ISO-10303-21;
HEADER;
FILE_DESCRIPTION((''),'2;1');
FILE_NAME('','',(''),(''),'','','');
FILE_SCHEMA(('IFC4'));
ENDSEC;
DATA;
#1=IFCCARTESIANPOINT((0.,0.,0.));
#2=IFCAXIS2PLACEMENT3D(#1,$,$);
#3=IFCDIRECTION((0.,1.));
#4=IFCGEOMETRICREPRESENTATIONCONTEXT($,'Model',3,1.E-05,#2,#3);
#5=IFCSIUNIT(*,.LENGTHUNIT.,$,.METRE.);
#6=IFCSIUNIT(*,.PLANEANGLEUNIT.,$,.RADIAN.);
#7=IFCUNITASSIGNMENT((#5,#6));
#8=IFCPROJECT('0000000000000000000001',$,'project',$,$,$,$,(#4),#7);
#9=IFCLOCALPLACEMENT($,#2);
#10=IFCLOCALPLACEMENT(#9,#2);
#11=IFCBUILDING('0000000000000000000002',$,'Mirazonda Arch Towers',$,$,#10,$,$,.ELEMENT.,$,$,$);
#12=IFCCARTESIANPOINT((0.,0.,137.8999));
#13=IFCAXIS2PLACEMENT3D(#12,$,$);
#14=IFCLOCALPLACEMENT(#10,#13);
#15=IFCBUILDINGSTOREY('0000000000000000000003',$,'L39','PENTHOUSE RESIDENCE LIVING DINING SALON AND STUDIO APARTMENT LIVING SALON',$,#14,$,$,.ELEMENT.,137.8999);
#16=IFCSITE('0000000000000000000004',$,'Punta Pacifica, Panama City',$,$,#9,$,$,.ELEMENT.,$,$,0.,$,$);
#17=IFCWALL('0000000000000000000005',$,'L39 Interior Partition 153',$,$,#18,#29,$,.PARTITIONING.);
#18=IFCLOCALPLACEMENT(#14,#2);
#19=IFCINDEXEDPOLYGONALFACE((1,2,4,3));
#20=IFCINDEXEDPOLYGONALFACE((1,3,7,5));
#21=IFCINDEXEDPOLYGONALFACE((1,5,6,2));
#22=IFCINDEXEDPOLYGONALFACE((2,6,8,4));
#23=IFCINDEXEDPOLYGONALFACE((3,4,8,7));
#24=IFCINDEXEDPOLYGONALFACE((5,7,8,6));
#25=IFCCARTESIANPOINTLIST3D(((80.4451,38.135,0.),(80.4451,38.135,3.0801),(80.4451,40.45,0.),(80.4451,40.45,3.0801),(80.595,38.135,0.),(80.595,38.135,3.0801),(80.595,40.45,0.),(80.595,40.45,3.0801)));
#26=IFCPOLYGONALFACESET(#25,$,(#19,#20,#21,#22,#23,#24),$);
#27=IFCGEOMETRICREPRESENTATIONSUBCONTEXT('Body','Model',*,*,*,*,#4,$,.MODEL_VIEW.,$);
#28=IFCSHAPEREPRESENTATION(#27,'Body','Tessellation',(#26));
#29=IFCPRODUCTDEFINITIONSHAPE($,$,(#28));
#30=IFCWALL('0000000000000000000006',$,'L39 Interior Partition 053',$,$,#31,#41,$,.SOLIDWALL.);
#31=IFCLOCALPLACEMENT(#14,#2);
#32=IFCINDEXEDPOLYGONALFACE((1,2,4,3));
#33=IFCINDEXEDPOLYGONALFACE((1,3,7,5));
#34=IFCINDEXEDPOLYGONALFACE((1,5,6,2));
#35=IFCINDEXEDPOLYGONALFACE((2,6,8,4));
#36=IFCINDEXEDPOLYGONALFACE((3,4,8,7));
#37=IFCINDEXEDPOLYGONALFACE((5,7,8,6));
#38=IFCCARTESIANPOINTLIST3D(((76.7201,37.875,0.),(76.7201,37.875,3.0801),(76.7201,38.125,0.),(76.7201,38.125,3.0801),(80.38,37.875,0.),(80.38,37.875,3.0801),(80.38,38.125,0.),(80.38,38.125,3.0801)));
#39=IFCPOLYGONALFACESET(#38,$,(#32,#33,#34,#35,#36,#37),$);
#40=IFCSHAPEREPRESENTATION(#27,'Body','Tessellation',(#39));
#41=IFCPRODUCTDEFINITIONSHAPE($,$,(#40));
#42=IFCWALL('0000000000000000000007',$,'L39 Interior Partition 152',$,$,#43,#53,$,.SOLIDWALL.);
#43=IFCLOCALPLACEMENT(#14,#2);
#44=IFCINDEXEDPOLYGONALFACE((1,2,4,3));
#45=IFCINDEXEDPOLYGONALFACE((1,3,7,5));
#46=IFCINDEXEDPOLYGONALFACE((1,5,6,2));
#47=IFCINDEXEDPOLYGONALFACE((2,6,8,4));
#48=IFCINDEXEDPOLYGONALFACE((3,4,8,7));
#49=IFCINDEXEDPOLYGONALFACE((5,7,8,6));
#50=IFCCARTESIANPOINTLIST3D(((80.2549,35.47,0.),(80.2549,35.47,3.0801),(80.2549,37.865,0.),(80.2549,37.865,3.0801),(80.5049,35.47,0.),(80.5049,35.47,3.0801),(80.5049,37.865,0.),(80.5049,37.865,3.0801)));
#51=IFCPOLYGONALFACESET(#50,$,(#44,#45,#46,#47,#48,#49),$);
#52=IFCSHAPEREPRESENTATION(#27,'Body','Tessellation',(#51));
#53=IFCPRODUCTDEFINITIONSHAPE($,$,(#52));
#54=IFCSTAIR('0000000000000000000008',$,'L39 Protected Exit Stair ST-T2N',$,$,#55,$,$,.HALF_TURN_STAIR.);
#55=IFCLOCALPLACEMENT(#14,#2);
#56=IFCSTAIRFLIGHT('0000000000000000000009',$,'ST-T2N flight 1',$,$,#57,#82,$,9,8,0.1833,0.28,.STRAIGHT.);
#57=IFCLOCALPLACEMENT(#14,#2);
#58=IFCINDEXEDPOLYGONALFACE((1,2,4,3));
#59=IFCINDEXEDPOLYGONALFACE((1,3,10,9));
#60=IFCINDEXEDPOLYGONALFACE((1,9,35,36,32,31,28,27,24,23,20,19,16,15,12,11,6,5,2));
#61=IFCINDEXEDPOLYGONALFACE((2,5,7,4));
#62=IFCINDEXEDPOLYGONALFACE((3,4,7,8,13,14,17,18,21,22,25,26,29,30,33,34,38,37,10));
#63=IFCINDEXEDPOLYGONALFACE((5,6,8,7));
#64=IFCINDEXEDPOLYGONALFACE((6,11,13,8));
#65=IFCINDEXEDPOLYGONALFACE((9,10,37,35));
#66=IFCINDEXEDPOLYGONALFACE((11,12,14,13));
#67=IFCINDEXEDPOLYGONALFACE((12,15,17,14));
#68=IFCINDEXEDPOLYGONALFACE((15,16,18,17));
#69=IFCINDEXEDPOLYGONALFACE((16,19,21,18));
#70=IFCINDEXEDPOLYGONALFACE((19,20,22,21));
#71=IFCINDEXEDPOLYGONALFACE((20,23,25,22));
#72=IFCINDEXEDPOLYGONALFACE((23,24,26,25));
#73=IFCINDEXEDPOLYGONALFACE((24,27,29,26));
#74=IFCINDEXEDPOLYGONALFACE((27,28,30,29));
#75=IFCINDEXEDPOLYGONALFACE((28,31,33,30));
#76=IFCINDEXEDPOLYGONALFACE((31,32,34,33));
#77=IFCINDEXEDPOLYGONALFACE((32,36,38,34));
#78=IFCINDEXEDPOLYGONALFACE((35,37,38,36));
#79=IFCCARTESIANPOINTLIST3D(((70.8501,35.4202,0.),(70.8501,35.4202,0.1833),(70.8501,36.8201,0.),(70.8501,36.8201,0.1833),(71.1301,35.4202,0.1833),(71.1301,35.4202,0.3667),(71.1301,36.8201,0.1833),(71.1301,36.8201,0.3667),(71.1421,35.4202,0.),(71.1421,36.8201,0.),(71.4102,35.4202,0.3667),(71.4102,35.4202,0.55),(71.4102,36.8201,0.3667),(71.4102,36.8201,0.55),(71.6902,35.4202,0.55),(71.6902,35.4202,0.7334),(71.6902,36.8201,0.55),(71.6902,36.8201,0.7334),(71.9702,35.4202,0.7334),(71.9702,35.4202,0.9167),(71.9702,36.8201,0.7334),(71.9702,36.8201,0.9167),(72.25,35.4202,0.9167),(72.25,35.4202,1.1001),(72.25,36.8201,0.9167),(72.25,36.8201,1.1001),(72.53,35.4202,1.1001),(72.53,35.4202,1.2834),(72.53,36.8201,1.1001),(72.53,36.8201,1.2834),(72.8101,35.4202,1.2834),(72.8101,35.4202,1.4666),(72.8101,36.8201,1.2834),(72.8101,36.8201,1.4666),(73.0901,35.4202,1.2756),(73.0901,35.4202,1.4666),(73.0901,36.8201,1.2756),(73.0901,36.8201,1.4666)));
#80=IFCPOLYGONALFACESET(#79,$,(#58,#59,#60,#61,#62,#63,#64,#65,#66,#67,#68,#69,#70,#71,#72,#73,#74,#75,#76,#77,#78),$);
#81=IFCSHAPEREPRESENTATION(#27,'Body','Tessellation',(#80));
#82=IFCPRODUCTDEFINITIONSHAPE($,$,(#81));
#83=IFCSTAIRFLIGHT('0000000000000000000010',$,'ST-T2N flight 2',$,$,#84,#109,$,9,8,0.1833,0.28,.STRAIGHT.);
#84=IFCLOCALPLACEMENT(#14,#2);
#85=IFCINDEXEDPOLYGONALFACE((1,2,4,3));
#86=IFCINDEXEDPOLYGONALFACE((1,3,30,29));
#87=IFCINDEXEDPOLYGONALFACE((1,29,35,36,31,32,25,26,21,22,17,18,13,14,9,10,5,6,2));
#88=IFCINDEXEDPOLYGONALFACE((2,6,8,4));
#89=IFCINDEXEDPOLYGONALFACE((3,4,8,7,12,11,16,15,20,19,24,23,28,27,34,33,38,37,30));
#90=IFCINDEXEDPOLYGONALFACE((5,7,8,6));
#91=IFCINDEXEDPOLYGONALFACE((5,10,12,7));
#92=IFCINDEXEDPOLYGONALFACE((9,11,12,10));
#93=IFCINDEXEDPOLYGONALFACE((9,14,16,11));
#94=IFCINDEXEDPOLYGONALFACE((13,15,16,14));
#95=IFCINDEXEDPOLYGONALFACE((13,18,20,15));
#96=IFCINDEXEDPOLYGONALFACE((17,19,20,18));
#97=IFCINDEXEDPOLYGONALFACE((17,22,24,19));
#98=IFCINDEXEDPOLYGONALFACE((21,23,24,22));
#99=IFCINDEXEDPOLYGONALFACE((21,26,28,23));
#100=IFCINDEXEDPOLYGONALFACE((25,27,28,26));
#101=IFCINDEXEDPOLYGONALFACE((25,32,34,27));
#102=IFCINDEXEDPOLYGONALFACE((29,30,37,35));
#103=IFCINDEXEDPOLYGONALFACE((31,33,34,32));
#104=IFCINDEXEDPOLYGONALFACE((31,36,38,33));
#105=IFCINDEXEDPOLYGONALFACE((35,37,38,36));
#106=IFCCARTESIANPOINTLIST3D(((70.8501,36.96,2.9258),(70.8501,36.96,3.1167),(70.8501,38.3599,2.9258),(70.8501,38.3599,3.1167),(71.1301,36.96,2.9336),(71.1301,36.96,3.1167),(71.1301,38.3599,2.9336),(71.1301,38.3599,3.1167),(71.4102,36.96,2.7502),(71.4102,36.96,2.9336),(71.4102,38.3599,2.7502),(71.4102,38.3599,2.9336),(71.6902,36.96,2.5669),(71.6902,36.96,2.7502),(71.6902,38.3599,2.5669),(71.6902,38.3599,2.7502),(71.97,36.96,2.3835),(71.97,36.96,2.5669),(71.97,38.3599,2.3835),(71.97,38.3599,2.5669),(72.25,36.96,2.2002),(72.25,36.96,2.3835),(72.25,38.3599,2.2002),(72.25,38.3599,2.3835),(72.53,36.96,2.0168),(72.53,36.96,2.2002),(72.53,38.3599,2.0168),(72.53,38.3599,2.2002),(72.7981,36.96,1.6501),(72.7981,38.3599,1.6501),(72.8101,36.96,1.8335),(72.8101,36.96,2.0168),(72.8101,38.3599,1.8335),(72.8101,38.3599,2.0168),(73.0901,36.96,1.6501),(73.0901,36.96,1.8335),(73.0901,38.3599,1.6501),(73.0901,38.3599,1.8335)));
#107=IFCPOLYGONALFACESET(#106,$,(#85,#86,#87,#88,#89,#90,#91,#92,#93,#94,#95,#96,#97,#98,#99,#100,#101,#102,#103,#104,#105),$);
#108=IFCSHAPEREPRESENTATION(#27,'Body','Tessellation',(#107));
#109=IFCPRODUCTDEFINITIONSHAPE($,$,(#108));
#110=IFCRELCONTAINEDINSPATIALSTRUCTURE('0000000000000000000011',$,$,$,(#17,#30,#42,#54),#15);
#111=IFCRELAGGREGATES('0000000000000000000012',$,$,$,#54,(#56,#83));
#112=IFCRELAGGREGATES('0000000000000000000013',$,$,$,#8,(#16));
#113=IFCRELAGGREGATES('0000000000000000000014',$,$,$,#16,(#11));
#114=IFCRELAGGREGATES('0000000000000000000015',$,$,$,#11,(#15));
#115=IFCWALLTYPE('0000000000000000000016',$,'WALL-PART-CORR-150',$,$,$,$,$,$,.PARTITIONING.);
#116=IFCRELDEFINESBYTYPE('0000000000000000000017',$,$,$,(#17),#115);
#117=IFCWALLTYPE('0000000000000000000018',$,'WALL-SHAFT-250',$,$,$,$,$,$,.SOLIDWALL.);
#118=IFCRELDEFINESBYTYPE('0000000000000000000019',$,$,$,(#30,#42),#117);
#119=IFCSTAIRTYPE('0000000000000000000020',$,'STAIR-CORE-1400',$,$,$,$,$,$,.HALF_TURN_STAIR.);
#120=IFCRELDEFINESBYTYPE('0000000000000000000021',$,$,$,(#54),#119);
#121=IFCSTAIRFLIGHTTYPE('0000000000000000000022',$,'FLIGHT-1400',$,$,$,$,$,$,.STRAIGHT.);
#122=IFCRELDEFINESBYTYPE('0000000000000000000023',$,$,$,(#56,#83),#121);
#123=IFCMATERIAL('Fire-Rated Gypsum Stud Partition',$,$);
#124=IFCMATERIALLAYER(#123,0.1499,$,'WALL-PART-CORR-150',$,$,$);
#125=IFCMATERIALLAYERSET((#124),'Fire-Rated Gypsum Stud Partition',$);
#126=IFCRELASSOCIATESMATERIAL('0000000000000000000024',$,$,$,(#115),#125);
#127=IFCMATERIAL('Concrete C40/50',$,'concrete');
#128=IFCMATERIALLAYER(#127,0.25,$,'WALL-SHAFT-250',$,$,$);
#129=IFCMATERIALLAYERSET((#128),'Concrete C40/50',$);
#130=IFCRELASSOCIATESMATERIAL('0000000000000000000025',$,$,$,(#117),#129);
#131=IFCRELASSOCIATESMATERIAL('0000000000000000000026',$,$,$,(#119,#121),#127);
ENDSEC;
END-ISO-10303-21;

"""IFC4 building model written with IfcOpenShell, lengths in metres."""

from ifc_helpers import new_model, si_unit, direction, frame, frame_2d, origin, place, context, subcontext, project, spatial, polyline, rectangle, outline, extrude, material, layer, layer_set, type_object, element, aggregate, save


model = new_model("IFC4")

# Units and contexts
model_context = context("Model", 3, precision=1e-05, world=origin(), true_north=direction((0.0, 1.0)))
body_context = subcontext(model_context, "Body", "Model", "MODEL_VIEW")
ifc_project = project(units=[si_unit("LENGTHUNIT", "METRE"), si_unit("PLANEANGLEUNIT", "RADIAN")], contexts=[model_context])

# Site, building, storey
site_placement = place(None, origin())
site = spatial("IfcSite", under=ifc_project, at=site_placement, Name="Punta Pacifica, Panama City", CompositionType="ELEMENT", RefElevation=0.0)
building_placement = place(site_placement, origin())
building = spatial("IfcBuilding", under=site, at=building_placement, Name="Mirazonda Arch Towers", CompositionType="ELEMENT")
storey_placement = place(building_placement, frame((0.0, 0.0, 137.8999)))
storey = spatial("IfcBuildingStorey", under=building, at=storey_placement, Name="L39", Description="PENTHOUSE RESIDENCE LIVING DINING SALON AND STUDIO APARTMENT LIVING SALON", CompositionType="ELEMENT", Elevation=137.8999)

# Shared definitions
ifc_material_1 = material(Name="Concrete C40/50", Category="concrete")

# Walls
ifc_material_2 = material(Name="Fire-Rated Gypsum Stud Partition")
ifc_layer_1 = layer(ifc_material_2, 0.1499, Name="WALL-PART-CORR-150")
ifc_layer_set_1 = layer_set([ifc_layer_1], Name="Fire-Rated Gypsum Stud Partition")
wall_type_1 = type_object("IfcWallType", Name="WALL-PART-CORR-150", PredefinedType="PARTITIONING", material=ifc_layer_set_1)
wall_1_placement = place(storey_placement, frame((80.52, 38.135, 0.0), z_axis=(0.0, 0.0, 1.0), x_axis=(0.0, 1.0, 0.0)))
element("IfcWall", 1, at=wall_1_placement, inside=storey, type_object=wall_type_1, Name="L39 Interior Partition 153", PredefinedType="PARTITIONING", context=body_context, shape_type="SweptSolid", body=[
    extrude(rectangle(XDim=2.3149, YDim=0.1499, at=frame_2d((1.1575, 0.0))), origin(), (0.0, 0.0, 1.0), 3.0801),
])
ifc_layer_2 = layer(ifc_material_1, 0.25, Name="WALL-SHAFT-250")
ifc_layer_set_2 = layer_set([ifc_layer_2], Name="Concrete C40/50")
wall_type_2 = type_object("IfcWallType", Name="WALL-SHAFT-250", PredefinedType="SOLIDWALL", material=ifc_layer_set_2)
wall_2_placement = place(storey_placement, frame((76.72, 38.0, 0.0), z_axis=(0.0, 0.0, 1.0), x_axis=(1.0, 0.0, 0.0)))
element("IfcWall", 2, at=wall_2_placement, inside=storey, type_object=wall_type_2, Name="L39 Interior Partition 053", PredefinedType="SOLIDWALL", context=body_context, shape_type="SweptSolid", body=[
    extrude(rectangle(XDim=3.6599, YDim=0.25, at=frame_2d((1.8301, 0.0))), origin(), (0.0, 0.0, 1.0), 3.0801),
])
wall_3_placement = place(storey_placement, frame((80.3799, 35.47, 0.0), z_axis=(0.0, 0.0, 1.0), x_axis=(0.0, 1.0, 0.0)))
element("IfcWall", 3, at=wall_3_placement, inside=storey, type_object=wall_type_2, Name="L39 Interior Partition 152", PredefinedType="SOLIDWALL", context=body_context, shape_type="SweptSolid", body=[
    extrude(rectangle(XDim=2.395, YDim=0.25, at=frame_2d((1.1975, 0.0))), origin(), (0.0, 0.0, 1.0), 3.0801),
])

# Stair, stair flights
stair_type = type_object("IfcStairType", Name="STAIR-CORE-1400", PredefinedType="HALF_TURN_STAIR", material=ifc_material_1)
stair_placement = place(storey_placement, origin())
stair = element("IfcStair", 4, at=stair_placement, inside=storey, type_object=stair_type, Name="L39 Protected Exit Stair ST-T2N", PredefinedType="HALF_TURN_STAIR")
stair_flight_type = type_object("IfcStairFlightType", Name="FLIGHT-1400", PredefinedType="STRAIGHT", material=ifc_material_1)
stair_flight_1_placement = place(storey_placement, frame((70.8501, 36.1201, 0.0), z_axis=(0.0, 0.0, 1.0), x_axis=(1.0, 0.0, 0.0)))
stair_flight_1 = element("IfcStairFlight", 5, at=stair_flight_1_placement, type_object=stair_flight_type, Name="ST-T2N flight 1", NumberOfRisers=9, NumberOfTreads=8, PredefinedType="STRAIGHT", RiserHeight=0.1833, TreadLength=0.28, context=body_context, shape_type="SweptSolid", body=[
    extrude(outline(polyline([(0.0, 0.0), (0.0, 0.1833), (0.28, 0.1833), (0.28, 0.3667), (0.5601, 0.3667), (0.5601, 0.55), (0.8401, 0.55), (0.8401, 0.7334), (1.1201, 0.7334), (1.1201, 0.9167), (1.3999, 0.9167), (1.3999, 1.1001), (1.6799, 1.1001), (1.6799, 1.2834), (1.96, 1.2834), (1.96, 1.4666), (2.24, 1.4666), (2.24, 1.6499), (2.24, 1.2756), (0.292, 0.0), (0.0, 0.0)])), frame((0.0, 0.7, 0.0), z_axis=(0.0, -1.0, 0.0), x_axis=(1.0, 0.0, 0.0)), (0.0, 0.0, 1.0), 1.3999),
])
stair_flight_2_placement = place(storey_placement, frame((73.0901, 37.6599, 1.6501), z_axis=(0.0, 0.0, 1.0), x_axis=(-1.0, 0.0, 0.0)))
stair_flight_2 = element("IfcStairFlight", 6, at=stair_flight_2_placement, type_object=stair_flight_type, Name="ST-T2N flight 2", NumberOfRisers=9, NumberOfTreads=8, PredefinedType="STRAIGHT", RiserHeight=0.1833, TreadLength=0.28, context=body_context, shape_type="SweptSolid", body=[
    extrude(outline(polyline([(0.0, 0.0), (0.0, 0.1833), (0.28, 0.1833), (0.28, 0.3667), (0.5601, 0.3667), (0.5601, 0.55), (0.8401, 0.55), (0.8401, 0.7334), (1.1201, 0.7334), (1.1201, 0.9167), (1.3999, 0.9167), (1.3999, 1.1001), (1.6799, 1.1001), (1.6799, 1.2834), (1.96, 1.2834), (1.96, 1.4666), (2.24, 1.4666), (2.24, 1.6499), (2.24, 1.2756), (0.292, 0.0), (0.0, 0.0)])), frame((0.0, 0.7, 0.0), z_axis=(0.0, -1.0, 0.0), x_axis=(1.0, 0.0, 0.0)), (0.0, 0.0, 1.0), 1.3999),
])
aggregate(stair, [stair_flight_1, stair_flight_2])

save(model, "model.ifc")
